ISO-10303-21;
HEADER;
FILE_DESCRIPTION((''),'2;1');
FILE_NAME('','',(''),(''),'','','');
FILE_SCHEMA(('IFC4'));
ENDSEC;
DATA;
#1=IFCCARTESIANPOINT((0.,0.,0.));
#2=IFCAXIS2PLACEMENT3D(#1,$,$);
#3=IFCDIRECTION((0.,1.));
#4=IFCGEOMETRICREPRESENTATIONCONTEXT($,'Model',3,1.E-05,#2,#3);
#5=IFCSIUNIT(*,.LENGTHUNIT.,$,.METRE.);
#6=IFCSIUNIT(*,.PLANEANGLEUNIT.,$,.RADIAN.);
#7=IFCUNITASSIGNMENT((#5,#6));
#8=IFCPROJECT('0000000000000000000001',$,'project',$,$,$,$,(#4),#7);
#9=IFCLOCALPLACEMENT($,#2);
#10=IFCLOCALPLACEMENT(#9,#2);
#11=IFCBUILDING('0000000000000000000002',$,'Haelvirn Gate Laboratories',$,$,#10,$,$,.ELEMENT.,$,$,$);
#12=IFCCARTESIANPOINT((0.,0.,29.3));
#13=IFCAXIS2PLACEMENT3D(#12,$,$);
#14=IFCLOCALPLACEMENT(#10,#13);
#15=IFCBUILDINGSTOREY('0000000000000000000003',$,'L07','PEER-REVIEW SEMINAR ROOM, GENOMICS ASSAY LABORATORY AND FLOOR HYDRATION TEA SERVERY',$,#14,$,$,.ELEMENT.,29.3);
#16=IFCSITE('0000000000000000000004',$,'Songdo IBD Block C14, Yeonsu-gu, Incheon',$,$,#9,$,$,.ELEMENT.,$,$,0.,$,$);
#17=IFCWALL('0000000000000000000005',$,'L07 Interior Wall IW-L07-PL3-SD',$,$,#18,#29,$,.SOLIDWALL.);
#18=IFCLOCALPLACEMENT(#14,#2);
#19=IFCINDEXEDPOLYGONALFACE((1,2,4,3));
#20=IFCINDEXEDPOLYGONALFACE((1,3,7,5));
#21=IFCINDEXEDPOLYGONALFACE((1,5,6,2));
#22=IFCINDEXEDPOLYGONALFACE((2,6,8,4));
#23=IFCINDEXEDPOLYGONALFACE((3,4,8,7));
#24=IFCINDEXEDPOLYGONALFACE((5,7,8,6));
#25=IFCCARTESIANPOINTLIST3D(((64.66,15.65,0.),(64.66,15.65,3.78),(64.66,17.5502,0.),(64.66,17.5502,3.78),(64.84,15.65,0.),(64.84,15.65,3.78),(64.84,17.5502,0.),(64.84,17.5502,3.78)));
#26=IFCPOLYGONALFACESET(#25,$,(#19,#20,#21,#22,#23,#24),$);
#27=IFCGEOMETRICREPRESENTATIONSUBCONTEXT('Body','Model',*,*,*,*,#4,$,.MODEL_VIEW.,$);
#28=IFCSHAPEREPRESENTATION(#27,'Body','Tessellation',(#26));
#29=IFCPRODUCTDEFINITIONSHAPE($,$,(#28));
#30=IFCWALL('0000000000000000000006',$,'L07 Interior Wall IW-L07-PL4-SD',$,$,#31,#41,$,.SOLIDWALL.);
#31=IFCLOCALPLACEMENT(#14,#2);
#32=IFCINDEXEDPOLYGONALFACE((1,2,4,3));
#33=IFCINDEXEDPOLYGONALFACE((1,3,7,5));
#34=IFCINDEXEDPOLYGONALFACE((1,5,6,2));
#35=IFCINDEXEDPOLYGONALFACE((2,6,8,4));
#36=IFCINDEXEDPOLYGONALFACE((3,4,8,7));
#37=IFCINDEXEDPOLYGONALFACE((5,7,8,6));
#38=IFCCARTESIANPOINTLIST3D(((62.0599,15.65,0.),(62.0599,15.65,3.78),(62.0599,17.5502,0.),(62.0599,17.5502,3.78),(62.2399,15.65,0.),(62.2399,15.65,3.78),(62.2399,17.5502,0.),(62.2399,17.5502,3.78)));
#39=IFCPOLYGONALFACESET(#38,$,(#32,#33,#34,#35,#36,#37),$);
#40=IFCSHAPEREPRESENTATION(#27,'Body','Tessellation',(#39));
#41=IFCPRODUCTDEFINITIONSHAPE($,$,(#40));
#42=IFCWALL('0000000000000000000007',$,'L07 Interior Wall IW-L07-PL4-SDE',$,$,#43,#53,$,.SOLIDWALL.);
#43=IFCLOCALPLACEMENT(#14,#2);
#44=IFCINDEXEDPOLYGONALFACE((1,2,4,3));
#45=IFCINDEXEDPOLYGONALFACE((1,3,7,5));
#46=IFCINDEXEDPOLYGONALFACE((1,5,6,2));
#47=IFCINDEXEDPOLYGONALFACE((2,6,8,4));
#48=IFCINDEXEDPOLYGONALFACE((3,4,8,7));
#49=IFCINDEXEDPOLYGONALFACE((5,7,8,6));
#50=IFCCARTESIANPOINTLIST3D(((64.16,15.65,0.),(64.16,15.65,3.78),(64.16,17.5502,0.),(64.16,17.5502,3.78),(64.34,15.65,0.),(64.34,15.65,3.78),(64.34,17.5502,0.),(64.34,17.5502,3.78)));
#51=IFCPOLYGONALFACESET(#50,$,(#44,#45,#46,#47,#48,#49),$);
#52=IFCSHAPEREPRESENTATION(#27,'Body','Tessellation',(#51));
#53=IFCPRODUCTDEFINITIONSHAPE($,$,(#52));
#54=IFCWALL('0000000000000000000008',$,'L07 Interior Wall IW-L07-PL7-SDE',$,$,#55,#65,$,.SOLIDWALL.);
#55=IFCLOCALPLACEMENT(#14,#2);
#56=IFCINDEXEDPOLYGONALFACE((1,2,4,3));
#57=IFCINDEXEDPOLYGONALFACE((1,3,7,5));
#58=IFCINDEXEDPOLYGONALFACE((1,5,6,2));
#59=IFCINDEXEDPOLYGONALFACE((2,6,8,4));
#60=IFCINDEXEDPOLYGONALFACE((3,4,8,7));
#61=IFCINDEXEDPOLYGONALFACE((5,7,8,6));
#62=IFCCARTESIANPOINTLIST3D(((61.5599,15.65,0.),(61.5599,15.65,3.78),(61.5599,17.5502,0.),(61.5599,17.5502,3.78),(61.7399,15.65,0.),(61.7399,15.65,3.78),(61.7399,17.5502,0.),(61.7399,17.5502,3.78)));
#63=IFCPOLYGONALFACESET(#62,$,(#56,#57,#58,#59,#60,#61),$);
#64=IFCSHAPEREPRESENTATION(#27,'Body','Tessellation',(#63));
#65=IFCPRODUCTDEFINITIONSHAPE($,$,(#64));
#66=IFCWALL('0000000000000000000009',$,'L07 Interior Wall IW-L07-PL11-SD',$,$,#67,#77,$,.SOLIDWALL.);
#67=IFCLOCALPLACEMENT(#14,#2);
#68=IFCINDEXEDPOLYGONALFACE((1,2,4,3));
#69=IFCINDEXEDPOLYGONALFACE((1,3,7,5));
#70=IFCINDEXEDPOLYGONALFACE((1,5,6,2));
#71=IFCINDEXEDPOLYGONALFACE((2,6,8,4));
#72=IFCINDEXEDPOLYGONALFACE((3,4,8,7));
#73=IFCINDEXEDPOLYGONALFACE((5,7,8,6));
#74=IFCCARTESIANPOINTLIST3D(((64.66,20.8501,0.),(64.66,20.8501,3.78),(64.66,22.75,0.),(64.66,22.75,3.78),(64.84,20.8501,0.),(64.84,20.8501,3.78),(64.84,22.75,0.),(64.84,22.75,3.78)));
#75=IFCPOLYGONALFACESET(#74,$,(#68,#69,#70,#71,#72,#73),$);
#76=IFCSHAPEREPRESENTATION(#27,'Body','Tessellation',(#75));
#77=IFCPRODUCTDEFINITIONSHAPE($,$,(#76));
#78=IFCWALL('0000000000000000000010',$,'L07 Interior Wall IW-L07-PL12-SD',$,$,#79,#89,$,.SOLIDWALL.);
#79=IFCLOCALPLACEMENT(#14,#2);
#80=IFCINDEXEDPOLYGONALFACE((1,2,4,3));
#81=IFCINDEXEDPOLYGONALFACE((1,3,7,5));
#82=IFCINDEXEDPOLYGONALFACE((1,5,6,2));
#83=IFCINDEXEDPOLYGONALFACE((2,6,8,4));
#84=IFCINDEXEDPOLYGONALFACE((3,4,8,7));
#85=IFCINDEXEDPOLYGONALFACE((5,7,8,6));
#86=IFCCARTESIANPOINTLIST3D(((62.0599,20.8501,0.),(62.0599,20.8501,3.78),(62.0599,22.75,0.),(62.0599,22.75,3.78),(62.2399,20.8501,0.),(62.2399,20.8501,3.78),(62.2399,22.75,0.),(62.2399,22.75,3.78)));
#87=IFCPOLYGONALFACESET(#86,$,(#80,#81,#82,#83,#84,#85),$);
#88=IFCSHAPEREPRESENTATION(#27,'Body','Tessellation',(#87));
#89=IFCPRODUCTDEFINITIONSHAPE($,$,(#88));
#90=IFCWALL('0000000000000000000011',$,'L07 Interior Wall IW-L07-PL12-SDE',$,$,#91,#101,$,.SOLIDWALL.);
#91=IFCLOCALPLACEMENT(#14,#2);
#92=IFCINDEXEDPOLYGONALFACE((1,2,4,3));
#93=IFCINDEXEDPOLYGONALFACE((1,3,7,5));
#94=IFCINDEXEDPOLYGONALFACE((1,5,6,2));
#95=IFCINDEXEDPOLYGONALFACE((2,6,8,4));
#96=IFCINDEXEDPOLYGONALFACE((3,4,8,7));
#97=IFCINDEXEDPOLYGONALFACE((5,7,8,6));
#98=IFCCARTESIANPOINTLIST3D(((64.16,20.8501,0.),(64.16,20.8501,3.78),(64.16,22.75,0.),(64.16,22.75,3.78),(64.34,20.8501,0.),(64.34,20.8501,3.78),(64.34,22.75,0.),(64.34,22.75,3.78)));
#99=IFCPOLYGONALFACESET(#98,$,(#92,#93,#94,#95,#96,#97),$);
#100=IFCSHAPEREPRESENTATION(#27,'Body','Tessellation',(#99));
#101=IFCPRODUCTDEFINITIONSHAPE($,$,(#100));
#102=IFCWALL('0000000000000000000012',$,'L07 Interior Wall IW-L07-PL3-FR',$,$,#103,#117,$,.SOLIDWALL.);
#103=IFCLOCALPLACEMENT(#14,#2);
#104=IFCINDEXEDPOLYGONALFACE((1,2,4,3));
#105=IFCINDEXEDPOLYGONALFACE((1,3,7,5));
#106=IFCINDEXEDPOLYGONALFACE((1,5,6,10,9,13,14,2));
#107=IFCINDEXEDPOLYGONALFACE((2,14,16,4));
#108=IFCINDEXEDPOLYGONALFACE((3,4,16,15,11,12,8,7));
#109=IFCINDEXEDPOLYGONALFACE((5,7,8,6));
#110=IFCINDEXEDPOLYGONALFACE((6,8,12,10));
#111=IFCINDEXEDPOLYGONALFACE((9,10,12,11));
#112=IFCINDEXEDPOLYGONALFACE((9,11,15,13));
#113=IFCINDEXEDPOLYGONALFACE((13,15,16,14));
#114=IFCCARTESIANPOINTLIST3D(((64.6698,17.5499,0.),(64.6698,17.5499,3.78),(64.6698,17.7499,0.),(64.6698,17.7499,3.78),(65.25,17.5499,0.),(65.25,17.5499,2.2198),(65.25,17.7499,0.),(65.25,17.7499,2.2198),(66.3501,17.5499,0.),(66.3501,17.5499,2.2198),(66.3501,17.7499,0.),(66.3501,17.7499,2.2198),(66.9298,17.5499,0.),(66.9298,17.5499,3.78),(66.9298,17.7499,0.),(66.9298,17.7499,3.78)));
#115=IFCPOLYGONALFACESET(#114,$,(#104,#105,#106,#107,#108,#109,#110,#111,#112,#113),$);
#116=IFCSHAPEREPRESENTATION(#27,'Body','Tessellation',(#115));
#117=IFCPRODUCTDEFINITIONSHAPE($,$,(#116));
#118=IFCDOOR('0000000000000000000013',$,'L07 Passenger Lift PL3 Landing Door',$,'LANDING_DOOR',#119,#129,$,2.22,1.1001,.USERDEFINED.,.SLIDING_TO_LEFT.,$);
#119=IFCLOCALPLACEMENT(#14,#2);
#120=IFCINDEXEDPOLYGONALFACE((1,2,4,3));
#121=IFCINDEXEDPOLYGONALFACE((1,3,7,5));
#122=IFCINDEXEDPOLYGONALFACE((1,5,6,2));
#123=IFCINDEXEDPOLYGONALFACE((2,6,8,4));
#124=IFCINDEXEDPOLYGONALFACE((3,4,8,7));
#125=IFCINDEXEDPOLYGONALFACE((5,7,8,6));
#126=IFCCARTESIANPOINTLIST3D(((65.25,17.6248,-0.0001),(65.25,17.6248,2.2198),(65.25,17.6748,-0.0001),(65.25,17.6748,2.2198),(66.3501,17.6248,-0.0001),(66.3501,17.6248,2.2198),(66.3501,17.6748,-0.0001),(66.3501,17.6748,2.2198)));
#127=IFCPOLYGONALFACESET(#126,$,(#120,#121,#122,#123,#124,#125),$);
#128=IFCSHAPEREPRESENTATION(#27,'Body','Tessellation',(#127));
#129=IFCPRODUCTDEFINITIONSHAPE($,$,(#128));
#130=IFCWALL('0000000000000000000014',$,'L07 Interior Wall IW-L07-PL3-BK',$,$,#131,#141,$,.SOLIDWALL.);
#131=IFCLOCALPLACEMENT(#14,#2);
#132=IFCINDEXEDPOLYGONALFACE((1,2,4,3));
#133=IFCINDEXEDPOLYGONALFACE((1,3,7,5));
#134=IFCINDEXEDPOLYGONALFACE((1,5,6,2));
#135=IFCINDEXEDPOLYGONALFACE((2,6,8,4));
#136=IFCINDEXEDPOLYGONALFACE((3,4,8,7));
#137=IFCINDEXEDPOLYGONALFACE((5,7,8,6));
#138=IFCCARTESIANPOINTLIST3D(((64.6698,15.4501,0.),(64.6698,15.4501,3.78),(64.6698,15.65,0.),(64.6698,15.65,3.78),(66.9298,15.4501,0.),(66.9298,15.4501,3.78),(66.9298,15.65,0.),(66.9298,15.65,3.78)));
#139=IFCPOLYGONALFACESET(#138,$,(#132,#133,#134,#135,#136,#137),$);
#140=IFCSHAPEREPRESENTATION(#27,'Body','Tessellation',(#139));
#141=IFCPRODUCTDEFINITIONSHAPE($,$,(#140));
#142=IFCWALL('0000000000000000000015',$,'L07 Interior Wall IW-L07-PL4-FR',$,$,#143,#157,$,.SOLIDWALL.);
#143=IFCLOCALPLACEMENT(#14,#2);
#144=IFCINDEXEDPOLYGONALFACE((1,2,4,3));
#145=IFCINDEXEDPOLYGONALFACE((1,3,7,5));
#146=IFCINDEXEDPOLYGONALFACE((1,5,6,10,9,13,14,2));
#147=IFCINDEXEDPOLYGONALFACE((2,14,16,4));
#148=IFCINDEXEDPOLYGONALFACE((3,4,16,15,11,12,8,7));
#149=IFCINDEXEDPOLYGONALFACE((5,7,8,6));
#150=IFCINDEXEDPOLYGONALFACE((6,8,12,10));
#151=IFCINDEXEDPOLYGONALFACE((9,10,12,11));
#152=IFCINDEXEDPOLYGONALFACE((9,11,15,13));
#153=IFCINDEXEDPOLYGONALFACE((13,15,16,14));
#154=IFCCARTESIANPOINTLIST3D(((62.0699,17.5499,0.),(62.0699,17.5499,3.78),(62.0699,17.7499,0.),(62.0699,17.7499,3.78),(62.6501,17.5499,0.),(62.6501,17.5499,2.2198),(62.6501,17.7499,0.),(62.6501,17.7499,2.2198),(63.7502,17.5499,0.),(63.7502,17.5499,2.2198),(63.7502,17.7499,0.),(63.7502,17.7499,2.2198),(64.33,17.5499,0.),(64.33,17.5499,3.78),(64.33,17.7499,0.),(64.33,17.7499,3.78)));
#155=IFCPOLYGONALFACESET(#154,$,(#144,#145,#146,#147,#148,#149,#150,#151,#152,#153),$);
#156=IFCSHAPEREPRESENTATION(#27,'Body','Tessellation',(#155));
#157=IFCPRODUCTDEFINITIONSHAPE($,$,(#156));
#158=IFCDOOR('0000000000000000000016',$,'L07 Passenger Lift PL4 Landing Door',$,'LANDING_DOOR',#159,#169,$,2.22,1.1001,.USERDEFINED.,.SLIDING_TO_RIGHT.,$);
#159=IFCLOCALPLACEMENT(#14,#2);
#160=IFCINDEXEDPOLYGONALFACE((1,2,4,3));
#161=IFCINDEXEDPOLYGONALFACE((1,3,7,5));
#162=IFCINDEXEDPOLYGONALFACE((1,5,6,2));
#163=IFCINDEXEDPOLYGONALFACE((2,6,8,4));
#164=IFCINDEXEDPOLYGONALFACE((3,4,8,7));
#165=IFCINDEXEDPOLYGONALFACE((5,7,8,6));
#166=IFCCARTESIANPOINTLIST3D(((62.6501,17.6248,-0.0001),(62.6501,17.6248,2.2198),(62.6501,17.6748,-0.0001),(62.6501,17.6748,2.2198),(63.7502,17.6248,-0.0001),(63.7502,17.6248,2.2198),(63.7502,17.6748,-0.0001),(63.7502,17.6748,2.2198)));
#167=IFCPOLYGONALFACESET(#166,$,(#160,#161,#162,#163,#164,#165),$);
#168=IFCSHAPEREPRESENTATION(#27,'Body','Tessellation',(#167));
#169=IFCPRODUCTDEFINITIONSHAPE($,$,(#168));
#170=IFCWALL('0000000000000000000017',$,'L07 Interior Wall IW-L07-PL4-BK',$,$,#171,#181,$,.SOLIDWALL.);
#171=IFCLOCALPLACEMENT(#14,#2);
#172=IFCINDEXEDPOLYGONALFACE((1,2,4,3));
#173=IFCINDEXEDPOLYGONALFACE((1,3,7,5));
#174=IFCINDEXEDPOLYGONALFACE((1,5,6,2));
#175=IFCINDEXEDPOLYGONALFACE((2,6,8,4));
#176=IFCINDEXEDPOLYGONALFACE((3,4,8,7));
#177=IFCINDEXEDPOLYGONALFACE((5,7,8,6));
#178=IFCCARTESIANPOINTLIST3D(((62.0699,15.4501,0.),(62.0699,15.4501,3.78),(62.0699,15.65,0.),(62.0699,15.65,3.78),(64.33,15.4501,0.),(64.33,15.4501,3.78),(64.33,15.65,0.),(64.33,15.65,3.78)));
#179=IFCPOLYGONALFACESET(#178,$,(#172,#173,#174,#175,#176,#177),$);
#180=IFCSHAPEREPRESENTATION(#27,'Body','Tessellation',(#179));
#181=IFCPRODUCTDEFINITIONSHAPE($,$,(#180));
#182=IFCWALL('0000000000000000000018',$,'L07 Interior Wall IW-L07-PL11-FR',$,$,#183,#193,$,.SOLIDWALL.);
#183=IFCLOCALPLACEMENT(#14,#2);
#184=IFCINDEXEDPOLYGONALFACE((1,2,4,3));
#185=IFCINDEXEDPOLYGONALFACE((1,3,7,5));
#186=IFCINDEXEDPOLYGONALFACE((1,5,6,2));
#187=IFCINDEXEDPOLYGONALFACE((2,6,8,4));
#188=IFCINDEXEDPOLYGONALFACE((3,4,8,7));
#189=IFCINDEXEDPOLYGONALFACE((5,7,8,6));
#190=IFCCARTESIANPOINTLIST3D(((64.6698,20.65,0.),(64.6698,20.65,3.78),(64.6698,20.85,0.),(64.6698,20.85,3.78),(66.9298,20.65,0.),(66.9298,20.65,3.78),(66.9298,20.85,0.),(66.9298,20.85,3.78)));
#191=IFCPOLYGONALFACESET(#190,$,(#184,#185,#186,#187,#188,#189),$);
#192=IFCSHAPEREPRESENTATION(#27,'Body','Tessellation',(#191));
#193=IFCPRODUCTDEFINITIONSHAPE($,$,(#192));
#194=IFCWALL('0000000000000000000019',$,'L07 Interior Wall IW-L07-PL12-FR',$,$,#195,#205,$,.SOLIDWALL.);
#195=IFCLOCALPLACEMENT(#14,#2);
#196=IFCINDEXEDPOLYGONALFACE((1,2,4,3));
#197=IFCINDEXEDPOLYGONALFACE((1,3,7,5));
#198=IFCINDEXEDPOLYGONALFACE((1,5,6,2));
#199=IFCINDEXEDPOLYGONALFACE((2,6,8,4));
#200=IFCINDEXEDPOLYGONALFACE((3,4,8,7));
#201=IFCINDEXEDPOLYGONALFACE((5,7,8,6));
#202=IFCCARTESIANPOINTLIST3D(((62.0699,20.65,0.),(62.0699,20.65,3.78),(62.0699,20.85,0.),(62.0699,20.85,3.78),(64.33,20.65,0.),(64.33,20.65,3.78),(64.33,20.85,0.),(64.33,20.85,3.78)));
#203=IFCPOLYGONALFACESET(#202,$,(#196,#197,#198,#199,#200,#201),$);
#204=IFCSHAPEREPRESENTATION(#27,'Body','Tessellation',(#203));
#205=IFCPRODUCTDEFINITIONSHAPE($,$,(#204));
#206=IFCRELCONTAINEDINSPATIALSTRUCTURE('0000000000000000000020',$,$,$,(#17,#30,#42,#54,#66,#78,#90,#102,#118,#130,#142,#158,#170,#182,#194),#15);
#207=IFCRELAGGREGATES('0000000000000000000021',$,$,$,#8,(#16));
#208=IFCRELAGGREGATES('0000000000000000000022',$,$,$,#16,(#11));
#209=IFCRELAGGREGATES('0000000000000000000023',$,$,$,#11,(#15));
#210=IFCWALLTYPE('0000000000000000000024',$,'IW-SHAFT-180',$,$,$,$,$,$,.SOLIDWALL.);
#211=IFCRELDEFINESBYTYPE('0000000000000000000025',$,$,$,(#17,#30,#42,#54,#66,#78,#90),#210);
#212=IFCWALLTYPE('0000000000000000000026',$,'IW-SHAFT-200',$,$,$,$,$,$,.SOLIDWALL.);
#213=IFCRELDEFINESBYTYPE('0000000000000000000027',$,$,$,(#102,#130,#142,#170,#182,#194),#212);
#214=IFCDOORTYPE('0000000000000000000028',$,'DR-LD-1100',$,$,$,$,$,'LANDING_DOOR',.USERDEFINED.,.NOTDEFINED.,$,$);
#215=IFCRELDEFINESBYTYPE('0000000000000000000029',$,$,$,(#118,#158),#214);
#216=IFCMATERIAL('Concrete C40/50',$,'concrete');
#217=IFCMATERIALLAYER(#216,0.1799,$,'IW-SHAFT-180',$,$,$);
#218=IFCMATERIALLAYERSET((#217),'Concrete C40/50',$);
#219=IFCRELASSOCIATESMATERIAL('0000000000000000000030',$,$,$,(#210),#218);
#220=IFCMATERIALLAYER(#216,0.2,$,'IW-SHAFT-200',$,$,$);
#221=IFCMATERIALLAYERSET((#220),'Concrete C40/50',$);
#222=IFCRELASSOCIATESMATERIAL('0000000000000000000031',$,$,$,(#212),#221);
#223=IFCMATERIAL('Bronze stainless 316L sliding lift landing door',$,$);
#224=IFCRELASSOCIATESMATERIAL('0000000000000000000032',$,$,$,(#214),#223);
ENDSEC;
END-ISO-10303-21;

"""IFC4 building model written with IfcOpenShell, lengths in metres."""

from ifc_helpers import new_model, si_unit, direction, frame, frame_2d, origin, place, context, subcontext, project, spatial, rectangle, extrude, source, transform, mapped, material, layer, layer_set, type_object, type_shapes, element, fill, save


model = new_model("IFC4")

# Units and contexts
model_context = context("Model", 3, precision=1e-05, world=origin(), true_north=direction((0.0, 1.0)))
body_context = subcontext(model_context, "Body", "Model", "MODEL_VIEW")
ifc_project = project(units=[si_unit("LENGTHUNIT", "METRE"), si_unit("PLANEANGLEUNIT", "RADIAN")], contexts=[model_context])

# Site, building, storey
site_placement = place(None, origin())
site = spatial("IfcSite", under=ifc_project, at=site_placement, Name="Songdo IBD Block C14, Yeonsu-gu, Incheon", CompositionType="ELEMENT", RefElevation=0.0)
building_placement = place(site_placement, origin())
building = spatial("IfcBuilding", under=site, at=building_placement, Name="Haelvirn Gate Laboratories", CompositionType="ELEMENT")
storey_placement = place(building_placement, frame((0.0, 0.0, 29.3)))
storey = spatial("IfcBuildingStorey", under=building, at=storey_placement, Name="L07", Description="PEER-REVIEW SEMINAR ROOM, GENOMICS ASSAY LABORATORY AND FLOOR HYDRATION TEA SERVERY", CompositionType="ELEMENT", Elevation=29.3)

# Walls
ifc_material_1 = material(Name="Concrete C40/50", Category="concrete")
ifc_layer_1 = layer(ifc_material_1, 0.1799, Name="IW-SHAFT-180")
ifc_layer_set_1 = layer_set([ifc_layer_1], Name="Concrete C40/50")
wall_type_1 = type_object("IfcWallType", Name="IW-SHAFT-180", PredefinedType="SOLIDWALL", material=ifc_layer_set_1)
for number, where, z_axis, x_axis, name in (
    (1, (64.75, 15.6499, 0.0), (0.0, 0.0, 1.0), (0.0, 1.0, 0.0), "L07 Interior Wall IW-L07-PL3-SD"),
    (2, (62.1499, 15.6499, 0.0), (0.0, 0.0, 1.0), (0.0, 1.0, 0.0), "L07 Interior Wall IW-L07-PL4-SD"),
    (3, (64.25, 15.6499, 0.0), (0.0, 0.0, 1.0), (0.0, 1.0, 0.0), "L07 Interior Wall IW-L07-PL4-SDE"),
    (4, (61.6499, 15.6499, 0.0), (0.0, 0.0, 1.0), (0.0, 1.0, 0.0), "L07 Interior Wall IW-L07-PL7-SDE"),
):
    element("IfcWall", number, at=place(storey_placement, frame(where, z_axis=z_axis, x_axis=x_axis)), inside=storey, type_object=wall_type_1, Name=name, PredefinedType="SOLIDWALL", context=body_context, shape_type="SweptSolid", body=[
        extrude(rectangle(XDim=1.9001, YDim=0.1799, at=frame_2d((0.9502, 0.0))), origin(), (0.0, 0.0, 1.0), 3.78),
    ])
for number, where, z_axis, x_axis, name in (
    (5, (64.75, 20.8501, 0.0), (0.0, 0.0, 1.0), (0.0, 1.0, 0.0), "L07 Interior Wall IW-L07-PL11-SD"),
    (6, (62.1499, 20.8501, 0.0), (0.0, 0.0, 1.0), (0.0, 1.0, 0.0), "L07 Interior Wall IW-L07-PL12-SD"),
    (7, (64.25, 20.8501, 0.0), (0.0, 0.0, 1.0), (0.0, 1.0, 0.0), "L07 Interior Wall IW-L07-PL12-SDE"),
):
    element("IfcWall", number, at=place(storey_placement, frame(where, z_axis=z_axis, x_axis=x_axis)), inside=storey, type_object=wall_type_1, Name=name, PredefinedType="SOLIDWALL", context=body_context, shape_type="SweptSolid", body=[
        extrude(rectangle(XDim=1.8999, YDim=0.1799, at=frame_2d((0.95, 0.0))), origin(), (0.0, 0.0, 1.0), 3.78),
    ])

# Wall, opening, door
ifc_layer_2 = layer(ifc_material_1, 0.2, Name="IW-SHAFT-200")
ifc_layer_set_2 = layer_set([ifc_layer_2], Name="Concrete C40/50")
wall_type_2 = type_object("IfcWallType", Name="IW-SHAFT-200", PredefinedType="SOLIDWALL", material=ifc_layer_set_2)
wall_1_placement = place(storey_placement, frame((64.6699, 17.6499, 0.0), z_axis=(0.0, 0.0, 1.0), x_axis=(1.0, 0.0, 0.0)))
wall_1 = element("IfcWall", 8, at=wall_1_placement, inside=storey, type_object=wall_type_2, Name="L07 Interior Wall IW-L07-PL3-FR", PredefinedType="SOLIDWALL", context=body_context, shape_type="SweptSolid", body=[
    extrude(rectangle(XDim=2.26, YDim=0.2, at=frame_2d((1.1299, 0.0))), origin(), (0.0, 0.0, 1.0), 3.78),
])
opening_1_placement = place(wall_1_placement, frame((0.5801, 0.0, 0.0)))
opening_1 = element("IfcOpeningElement", 9, at=opening_1_placement, cuts=wall_1, PredefinedType="OPENING", context=body_context, shape_type="SweptSolid", body=[
    extrude(rectangle(XDim=1.1001, YDim=2.22, at=frame_2d((0.55, 1.1099))), frame((0.0, 0.1099, 0.0), z_axis=(0.0, -1.0, 0.0), x_axis=(1.0, 0.0, 0.0)), (0.0, 0.0, 1.0), 0.22),
])
ifc_material_2 = material(Name="Bronze stainless 316L sliding lift landing door")
door_type_1 = type_object("IfcDoorType", Name="DR-LD-1100", ElementType="LANDING_DOOR", OperationType="NOTDEFINED", PredefinedType="USERDEFINED", material=ifc_material_2)
shared_shape_1 = source(origin(), body_context, "Body", "SweptSolid", [
    extrude(rectangle(XDim=1.1001, YDim=2.22, at=frame_2d((0.55, 1.1099))), frame((0.0, 0.0249, 0.0), z_axis=(0.0, -1.0, 0.0), x_axis=(1.0, 0.0, 0.0)), (0.0, 0.0, 1.0), 0.05),
])
type_shapes(door_type_1, [shared_shape_1])
door_1_placement = place(opening_1_placement, origin())
door_1 = element("IfcDoor", 10, at=door_1_placement, inside=storey, type_object=door_type_1, Name="L07 Passenger Lift PL3 Landing Door", ObjectType="LANDING_DOOR", OperationType="SLIDING_TO_LEFT", OverallHeight=2.22, OverallWidth=1.1001, PredefinedType="USERDEFINED", context=body_context, shape_type="MappedRepresentation", body=[
    mapped(shared_shape_1, transform((0.0, 0.0, 0.0), scale=1.0)),
])
fill(opening_1, door_1)

# Wall
wall_2_placement = place(storey_placement, frame((64.6699, 15.55, 0.0), z_axis=(0.0, 0.0, 1.0), x_axis=(1.0, 0.0, 0.0)))
element("IfcWall", 11, at=wall_2_placement, inside=storey, type_object=wall_type_2, Name="L07 Interior Wall IW-L07-PL3-BK", PredefinedType="SOLIDWALL", context=body_context, shape_type="SweptSolid", body=[
    extrude(rectangle(XDim=2.26, YDim=0.2, at=frame_2d((1.1299, 0.0))), origin(), (0.0, 0.0, 1.0), 3.78),
])

# Wall, opening, door
wall_3_placement = place(storey_placement, frame((62.0701, 17.6499, 0.0), z_axis=(0.0, 0.0, 1.0), x_axis=(1.0, 0.0, 0.0)))
wall_3 = element("IfcWall", 12, at=wall_3_placement, inside=storey, type_object=wall_type_2, Name="L07 Interior Wall IW-L07-PL4-FR", PredefinedType="SOLIDWALL", context=body_context, shape_type="SweptSolid", body=[
    extrude(rectangle(XDim=2.26, YDim=0.2, at=frame_2d((1.1299, 0.0))), origin(), (0.0, 0.0, 1.0), 3.78),
])
opening_2_placement = place(wall_3_placement, frame((0.5801, 0.0, 0.0)))
opening_2 = element("IfcOpeningElement", 13, at=opening_2_placement, cuts=wall_3, PredefinedType="OPENING", context=body_context, shape_type="SweptSolid", body=[
    extrude(rectangle(XDim=1.1001, YDim=2.22, at=frame_2d((0.55, 1.1099))), frame((0.0, 0.1099, 0.0), z_axis=(0.0, -1.0, 0.0), x_axis=(1.0, 0.0, 0.0)), (0.0, 0.0, 1.0), 0.22),
])
door_2_placement = place(opening_2_placement, origin())
door_2 = element("IfcDoor", 14, at=door_2_placement, inside=storey, type_object=door_type_1, Name="L07 Passenger Lift PL4 Landing Door", ObjectType="LANDING_DOOR", OperationType="SLIDING_TO_RIGHT", OverallHeight=2.22, OverallWidth=1.1001, PredefinedType="USERDEFINED", context=body_context, shape_type="MappedRepresentation", body=[
    mapped(shared_shape_1, transform((0.0, 0.0, 0.0), scale=1.0)),
])
fill(opening_2, door_2)

# Walls
for number, where, z_axis, x_axis, name in (
    (15, (62.0701, 15.55, 0.0), (0.0, 0.0, 1.0), (1.0, 0.0, 0.0), "L07 Interior Wall IW-L07-PL4-BK"),
    (16, (64.6699, 20.75, 0.0), (0.0, 0.0, 1.0), (1.0, 0.0, 0.0), "L07 Interior Wall IW-L07-PL11-FR"),
    (17, (62.0701, 20.75, 0.0), (0.0, 0.0, 1.0), (1.0, 0.0, 0.0), "L07 Interior Wall IW-L07-PL12-FR"),
):
    element("IfcWall", number, at=place(storey_placement, frame(where, z_axis=z_axis, x_axis=x_axis)), inside=storey, type_object=wall_type_2, Name=name, PredefinedType="SOLIDWALL", context=body_context, shape_type="SweptSolid", body=[
        extrude(rectangle(XDim=2.26, YDim=0.2, at=frame_2d((1.1299, 0.0))), origin(), (0.0, 0.0, 1.0), 3.78),
    ])

save(model, "model.ifc")
